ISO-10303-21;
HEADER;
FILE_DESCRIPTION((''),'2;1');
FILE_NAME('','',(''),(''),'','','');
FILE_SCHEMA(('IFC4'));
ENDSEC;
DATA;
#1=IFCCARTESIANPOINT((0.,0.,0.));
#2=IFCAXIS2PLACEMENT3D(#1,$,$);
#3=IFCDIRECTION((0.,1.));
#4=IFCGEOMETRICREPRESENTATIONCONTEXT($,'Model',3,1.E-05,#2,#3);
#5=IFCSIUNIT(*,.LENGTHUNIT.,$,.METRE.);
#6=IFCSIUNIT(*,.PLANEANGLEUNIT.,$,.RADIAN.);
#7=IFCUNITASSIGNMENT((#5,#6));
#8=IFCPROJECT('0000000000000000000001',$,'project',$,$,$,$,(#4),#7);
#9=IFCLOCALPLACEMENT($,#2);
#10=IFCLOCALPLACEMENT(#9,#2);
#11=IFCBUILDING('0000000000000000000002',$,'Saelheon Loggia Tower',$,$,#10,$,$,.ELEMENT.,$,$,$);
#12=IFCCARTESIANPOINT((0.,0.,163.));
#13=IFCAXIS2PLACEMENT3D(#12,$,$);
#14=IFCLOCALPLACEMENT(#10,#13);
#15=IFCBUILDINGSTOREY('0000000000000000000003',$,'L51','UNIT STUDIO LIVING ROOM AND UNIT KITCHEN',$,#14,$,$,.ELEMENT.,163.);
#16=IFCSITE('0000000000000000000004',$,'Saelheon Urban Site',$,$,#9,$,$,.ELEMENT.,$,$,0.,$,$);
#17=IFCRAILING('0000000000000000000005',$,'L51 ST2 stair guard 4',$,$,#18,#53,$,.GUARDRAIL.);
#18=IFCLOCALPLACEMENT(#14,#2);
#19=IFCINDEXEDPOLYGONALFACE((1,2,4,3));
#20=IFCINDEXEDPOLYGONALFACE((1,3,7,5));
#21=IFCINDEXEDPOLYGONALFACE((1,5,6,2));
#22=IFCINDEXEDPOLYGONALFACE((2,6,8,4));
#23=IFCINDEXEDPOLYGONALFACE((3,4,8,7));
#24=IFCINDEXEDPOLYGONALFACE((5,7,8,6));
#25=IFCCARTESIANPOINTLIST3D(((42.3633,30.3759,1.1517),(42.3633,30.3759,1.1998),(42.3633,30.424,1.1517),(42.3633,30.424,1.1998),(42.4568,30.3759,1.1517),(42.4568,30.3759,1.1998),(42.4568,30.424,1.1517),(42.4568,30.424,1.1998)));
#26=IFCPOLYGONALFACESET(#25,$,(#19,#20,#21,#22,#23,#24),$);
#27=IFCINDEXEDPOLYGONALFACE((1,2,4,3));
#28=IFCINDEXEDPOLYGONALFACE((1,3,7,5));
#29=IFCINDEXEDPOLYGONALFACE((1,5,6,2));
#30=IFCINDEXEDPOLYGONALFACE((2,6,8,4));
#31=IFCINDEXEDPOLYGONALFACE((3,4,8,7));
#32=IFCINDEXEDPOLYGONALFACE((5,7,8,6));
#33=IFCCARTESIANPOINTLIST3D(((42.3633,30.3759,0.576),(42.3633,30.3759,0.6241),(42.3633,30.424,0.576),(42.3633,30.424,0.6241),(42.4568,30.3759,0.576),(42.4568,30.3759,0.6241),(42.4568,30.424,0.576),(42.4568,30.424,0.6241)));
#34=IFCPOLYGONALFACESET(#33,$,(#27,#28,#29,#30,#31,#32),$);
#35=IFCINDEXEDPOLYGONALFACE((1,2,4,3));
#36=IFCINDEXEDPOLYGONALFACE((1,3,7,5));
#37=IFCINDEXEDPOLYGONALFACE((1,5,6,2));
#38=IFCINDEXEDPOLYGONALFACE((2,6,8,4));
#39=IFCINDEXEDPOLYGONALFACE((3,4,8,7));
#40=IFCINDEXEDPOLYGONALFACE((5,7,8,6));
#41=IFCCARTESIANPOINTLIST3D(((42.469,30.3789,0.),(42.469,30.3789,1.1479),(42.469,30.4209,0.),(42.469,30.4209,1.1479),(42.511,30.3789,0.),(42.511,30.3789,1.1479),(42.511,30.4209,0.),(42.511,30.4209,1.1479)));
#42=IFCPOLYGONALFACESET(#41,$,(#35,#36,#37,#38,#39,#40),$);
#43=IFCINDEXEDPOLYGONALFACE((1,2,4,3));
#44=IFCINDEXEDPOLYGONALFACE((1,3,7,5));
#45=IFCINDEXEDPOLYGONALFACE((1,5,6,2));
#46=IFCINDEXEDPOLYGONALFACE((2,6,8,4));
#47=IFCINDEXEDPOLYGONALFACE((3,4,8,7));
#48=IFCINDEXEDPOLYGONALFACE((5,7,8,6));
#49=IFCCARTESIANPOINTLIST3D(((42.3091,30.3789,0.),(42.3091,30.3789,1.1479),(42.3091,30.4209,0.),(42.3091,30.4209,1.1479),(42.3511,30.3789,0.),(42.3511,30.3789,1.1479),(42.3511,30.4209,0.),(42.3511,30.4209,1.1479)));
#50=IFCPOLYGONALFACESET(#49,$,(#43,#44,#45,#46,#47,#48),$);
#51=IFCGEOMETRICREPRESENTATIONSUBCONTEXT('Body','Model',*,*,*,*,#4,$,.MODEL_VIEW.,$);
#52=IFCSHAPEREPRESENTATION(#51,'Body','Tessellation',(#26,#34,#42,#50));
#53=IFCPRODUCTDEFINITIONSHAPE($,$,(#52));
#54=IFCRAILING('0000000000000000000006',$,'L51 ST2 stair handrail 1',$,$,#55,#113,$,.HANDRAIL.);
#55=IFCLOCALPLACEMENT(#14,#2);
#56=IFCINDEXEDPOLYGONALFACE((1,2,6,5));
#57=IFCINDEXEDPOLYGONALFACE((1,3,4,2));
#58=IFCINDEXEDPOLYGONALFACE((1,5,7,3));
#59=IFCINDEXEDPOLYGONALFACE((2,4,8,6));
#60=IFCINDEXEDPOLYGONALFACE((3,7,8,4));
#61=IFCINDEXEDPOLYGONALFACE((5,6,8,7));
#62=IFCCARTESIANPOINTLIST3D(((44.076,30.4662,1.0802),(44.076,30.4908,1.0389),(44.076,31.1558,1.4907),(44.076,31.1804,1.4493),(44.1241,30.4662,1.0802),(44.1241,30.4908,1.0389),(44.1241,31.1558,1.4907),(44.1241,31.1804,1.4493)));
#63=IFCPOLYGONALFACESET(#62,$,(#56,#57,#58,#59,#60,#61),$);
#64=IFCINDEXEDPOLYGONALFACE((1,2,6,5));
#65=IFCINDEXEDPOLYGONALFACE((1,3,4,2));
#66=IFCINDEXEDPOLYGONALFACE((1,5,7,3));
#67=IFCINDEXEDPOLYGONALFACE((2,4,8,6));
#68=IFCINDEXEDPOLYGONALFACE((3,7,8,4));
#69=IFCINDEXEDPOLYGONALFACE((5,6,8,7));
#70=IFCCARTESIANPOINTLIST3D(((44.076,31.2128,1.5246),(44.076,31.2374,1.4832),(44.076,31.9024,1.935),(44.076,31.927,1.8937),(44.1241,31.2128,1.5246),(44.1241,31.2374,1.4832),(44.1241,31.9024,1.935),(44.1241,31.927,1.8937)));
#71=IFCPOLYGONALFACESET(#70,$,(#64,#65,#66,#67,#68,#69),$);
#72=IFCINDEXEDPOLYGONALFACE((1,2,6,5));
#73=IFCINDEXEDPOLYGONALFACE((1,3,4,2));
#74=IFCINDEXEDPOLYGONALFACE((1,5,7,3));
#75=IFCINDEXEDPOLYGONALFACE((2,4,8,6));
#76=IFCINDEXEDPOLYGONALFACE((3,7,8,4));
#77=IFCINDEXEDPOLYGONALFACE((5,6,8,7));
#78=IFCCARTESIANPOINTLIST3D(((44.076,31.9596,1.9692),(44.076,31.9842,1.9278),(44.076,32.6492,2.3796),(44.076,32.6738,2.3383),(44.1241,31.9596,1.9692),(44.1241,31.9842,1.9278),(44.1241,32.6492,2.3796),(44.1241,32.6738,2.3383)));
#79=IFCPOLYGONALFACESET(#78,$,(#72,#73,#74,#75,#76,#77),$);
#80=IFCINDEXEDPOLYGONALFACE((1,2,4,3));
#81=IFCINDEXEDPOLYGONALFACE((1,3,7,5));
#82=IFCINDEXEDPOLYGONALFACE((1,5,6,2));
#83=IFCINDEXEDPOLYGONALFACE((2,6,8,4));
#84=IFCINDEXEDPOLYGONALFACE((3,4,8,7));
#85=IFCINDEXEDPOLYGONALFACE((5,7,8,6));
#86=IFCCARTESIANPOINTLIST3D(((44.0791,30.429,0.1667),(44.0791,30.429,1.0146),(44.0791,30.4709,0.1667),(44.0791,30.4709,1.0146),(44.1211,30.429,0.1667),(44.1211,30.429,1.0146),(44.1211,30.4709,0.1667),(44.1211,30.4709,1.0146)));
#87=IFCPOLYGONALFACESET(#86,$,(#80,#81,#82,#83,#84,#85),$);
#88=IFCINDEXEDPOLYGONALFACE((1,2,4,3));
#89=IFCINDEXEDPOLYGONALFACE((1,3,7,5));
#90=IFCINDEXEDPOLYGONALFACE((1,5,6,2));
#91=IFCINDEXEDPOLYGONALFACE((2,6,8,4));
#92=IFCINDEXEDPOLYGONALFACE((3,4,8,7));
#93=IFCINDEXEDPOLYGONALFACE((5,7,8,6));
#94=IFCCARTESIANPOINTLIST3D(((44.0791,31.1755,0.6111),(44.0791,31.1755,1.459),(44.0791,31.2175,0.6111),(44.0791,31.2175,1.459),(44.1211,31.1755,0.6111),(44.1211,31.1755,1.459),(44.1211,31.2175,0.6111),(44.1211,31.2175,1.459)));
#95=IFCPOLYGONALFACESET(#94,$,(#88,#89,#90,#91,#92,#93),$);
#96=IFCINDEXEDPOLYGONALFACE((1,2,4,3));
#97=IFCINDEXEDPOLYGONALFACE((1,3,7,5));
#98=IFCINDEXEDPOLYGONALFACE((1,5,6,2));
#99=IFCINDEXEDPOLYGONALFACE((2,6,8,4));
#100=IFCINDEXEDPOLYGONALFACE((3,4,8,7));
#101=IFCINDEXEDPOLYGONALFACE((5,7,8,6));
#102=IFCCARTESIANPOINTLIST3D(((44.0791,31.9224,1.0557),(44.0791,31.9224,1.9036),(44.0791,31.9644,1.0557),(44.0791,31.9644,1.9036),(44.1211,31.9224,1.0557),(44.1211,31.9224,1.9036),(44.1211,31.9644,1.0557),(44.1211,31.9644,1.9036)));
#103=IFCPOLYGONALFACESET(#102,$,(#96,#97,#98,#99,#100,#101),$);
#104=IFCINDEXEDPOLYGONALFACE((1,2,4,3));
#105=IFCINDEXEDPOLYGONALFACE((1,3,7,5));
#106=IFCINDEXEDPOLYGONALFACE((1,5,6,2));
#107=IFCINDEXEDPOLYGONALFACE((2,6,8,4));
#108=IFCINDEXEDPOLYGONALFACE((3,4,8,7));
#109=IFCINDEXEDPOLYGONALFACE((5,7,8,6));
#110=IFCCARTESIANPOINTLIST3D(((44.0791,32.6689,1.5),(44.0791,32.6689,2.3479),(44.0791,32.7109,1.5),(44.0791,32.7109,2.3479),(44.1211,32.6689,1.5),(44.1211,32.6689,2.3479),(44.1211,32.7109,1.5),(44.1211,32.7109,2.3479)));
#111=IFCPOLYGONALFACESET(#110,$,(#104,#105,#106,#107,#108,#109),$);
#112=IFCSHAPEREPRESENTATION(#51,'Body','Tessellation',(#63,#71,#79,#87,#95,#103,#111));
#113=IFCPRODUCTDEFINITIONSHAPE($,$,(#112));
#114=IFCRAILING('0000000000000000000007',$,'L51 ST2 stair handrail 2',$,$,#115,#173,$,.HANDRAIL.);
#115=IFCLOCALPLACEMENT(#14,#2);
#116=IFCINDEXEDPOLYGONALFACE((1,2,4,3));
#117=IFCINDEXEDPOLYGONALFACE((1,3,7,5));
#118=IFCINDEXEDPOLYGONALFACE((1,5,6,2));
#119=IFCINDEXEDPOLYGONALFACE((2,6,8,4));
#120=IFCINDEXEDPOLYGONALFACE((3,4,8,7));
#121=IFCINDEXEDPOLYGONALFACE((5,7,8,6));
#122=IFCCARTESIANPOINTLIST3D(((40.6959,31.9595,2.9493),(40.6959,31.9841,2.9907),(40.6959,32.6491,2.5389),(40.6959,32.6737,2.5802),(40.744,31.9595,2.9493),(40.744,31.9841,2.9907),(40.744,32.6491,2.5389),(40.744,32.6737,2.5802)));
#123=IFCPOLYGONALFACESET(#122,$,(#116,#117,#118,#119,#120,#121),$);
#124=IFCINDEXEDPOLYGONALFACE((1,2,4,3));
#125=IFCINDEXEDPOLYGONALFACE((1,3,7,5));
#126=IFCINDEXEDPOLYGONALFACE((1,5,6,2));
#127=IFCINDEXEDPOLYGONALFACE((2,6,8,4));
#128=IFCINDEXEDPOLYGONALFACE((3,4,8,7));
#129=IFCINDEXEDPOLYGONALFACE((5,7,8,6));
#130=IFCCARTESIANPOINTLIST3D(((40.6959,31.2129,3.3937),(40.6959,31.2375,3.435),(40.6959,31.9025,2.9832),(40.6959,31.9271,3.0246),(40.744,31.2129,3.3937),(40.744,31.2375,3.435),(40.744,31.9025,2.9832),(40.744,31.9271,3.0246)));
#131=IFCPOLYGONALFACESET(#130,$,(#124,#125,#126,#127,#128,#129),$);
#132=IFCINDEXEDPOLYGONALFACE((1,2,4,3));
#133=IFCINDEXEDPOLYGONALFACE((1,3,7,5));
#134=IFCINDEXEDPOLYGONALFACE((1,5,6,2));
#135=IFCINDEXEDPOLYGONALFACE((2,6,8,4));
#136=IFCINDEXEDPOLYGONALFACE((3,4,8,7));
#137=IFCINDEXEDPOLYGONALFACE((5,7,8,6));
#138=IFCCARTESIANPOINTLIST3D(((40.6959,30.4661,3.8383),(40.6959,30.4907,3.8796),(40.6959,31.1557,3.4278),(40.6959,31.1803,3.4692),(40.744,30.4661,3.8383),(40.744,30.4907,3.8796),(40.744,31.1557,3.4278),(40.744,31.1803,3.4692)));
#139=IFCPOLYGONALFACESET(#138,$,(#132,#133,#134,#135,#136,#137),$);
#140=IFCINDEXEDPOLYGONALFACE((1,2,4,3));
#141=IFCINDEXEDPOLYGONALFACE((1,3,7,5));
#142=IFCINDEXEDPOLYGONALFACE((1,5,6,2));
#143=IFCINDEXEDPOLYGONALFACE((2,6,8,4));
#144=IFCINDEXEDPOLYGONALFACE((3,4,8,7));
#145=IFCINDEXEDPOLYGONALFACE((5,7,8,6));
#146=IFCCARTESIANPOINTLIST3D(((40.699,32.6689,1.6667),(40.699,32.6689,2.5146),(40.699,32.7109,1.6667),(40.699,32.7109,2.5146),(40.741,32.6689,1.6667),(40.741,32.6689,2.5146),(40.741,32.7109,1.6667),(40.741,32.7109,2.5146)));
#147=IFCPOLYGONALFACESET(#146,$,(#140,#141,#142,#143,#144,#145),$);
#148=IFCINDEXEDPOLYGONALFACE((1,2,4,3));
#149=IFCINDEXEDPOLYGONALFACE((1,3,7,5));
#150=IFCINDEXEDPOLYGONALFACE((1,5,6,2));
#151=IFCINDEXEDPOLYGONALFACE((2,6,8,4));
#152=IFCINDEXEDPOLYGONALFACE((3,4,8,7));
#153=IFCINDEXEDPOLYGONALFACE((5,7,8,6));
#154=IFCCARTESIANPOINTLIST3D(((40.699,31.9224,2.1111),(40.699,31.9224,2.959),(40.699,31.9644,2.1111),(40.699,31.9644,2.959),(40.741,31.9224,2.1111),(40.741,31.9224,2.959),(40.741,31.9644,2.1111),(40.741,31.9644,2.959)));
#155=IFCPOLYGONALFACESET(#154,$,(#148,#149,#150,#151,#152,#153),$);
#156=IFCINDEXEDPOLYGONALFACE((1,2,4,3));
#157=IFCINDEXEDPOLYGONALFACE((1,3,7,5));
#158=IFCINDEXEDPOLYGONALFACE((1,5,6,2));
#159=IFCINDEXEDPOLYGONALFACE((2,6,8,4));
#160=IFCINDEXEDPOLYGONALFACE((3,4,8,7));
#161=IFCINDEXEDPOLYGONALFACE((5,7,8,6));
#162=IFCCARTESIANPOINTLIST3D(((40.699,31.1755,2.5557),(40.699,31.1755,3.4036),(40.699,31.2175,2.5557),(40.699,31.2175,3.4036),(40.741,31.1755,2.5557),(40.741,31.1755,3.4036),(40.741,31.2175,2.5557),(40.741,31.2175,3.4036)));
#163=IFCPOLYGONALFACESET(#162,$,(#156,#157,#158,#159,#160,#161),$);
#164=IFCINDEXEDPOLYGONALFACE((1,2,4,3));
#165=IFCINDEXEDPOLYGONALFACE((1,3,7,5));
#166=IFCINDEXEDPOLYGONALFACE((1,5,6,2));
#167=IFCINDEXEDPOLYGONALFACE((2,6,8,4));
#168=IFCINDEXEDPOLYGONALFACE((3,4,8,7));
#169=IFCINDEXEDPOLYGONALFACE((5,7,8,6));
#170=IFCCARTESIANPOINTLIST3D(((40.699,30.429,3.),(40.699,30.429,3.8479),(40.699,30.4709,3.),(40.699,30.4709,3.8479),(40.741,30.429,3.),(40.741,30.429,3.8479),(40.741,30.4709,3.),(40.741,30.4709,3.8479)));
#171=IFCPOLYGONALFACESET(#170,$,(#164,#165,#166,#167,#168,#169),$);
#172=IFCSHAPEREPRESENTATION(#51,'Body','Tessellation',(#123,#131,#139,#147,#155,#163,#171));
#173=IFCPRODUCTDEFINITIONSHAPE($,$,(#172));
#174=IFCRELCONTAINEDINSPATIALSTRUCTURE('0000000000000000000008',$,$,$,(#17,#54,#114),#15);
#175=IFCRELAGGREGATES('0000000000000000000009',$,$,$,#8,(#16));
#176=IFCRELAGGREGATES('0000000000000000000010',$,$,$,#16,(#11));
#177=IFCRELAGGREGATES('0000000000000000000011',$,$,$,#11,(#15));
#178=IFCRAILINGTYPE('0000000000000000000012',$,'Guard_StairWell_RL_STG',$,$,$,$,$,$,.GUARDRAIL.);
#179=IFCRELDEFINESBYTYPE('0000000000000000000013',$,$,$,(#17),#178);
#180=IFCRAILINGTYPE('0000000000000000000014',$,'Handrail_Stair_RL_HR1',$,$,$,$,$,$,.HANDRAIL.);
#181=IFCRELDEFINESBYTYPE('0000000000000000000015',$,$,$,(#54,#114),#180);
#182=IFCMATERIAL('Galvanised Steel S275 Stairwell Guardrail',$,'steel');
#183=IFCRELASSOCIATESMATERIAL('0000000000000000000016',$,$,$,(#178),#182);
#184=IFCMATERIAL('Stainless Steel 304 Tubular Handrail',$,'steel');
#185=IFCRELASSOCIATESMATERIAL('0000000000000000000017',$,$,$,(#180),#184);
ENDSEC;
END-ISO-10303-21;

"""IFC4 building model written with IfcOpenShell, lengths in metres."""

from ifc_helpers import new_model, si_unit, direction, frame, origin, origin_2d, place, context, subcontext, project, spatial, rectangle, extrude, material, type_object, element, save


model = new_model("IFC4")

# Units and contexts
model_context = context("Model", 3, precision=1e-05, world=origin(), true_north=direction((0.0, 1.0)))
body_context = subcontext(model_context, "Body", "Model", "MODEL_VIEW")
ifc_project = project(units=[si_unit("LENGTHUNIT", "METRE"), si_unit("PLANEANGLEUNIT", "RADIAN")], contexts=[model_context])

# Site, building, storey
site_placement = place(None, origin())
site = spatial("IfcSite", under=ifc_project, at=site_placement, Name="Saelheon Urban Site", CompositionType="ELEMENT", RefElevation=0.0)
building_placement = place(site_placement, origin())
building = spatial("IfcBuilding", under=site, at=building_placement, Name="Saelheon Loggia Tower", CompositionType="ELEMENT")
storey_placement = place(building_placement, frame((0.0, 0.0, 163.0)))
storey = spatial("IfcBuildingStorey", under=building, at=storey_placement, Name="L51", Description="UNIT STUDIO LIVING ROOM AND UNIT KITCHEN", CompositionType="ELEMENT", Elevation=163.0)

# Railings
ifc_material_1 = material(Name="Galvanised Steel S275 Stairwell Guardrail", Category="steel")
railing_type_1 = type_object("IfcRailingType", Name="Guard_StairWell_RL_STG", PredefinedType="GUARDRAIL", material=ifc_material_1)
railing_1_placement = place(storey_placement, frame((42.49, 30.3999, 0.0)))
element("IfcRailing", 1, at=railing_1_placement, inside=storey, type_object=railing_type_1, Name="L51 ST2 stair guard 4", PredefinedType="GUARDRAIL", context=body_context, shape_type="SweptSolid", body=[
    extrude(rectangle(XDim=0.0481, YDim=0.0481, at=origin_2d()), frame((-0.0332, 0.0, 1.1758), z_axis=(-1.0, 0.0, 0.0), x_axis=(0.0, -1.0, 0.0)), (0.0, 0.0, 1.0), 0.0935),
    extrude(rectangle(XDim=0.0481, YDim=0.0481, at=origin_2d()), frame((-0.0332, 0.0, 0.6001), z_axis=(-1.0, 0.0, 0.0), x_axis=(0.0, -1.0, 0.0)), (0.0, 0.0, 1.0), 0.0935),
    extrude(rectangle(XDim=0.042, YDim=0.042, at=origin_2d()), origin(), (0.0, 0.0, 1.0), 1.1479),
    extrude(rectangle(XDim=0.042, YDim=0.042, at=origin_2d()), frame((-0.1599, 0.0, 0.0)), (0.0, 0.0, 1.0), 1.1479),
])
ifc_material_2 = material(Name="Stainless Steel 304 Tubular Handrail", Category="steel")
railing_type_2 = type_object("IfcRailingType", Name="Handrail_Stair_RL_HR1", PredefinedType="HANDRAIL", material=ifc_material_2)
railing_2_placement = place(storey_placement, frame((44.1001, 30.45, 0.1667)))
element("IfcRailing", 2, at=railing_2_placement, inside=storey, type_object=railing_type_2, Name="L51 ST2 stair handrail 1", PredefinedType="HANDRAIL", context=body_context, shape_type="SweptSolid", body=[
    extrude(rectangle(XDim=0.0481, YDim=0.0481, at=origin_2d()), frame((0.0, 0.0286, 0.8928), z_axis=(0.0, 0.859306, 0.511462), x_axis=(-1.0, 0.0, 0.0)), (0.0, 0.0, 1.0), 0.8025),
    extrude(rectangle(XDim=0.0481, YDim=0.0481, at=origin_2d()), frame((0.0, 0.7751, 1.3372), z_axis=(0.0, 0.859306, 0.511462), x_axis=(-1.0, 0.0, 0.0)), (0.0, 0.0, 1.0), 0.8025),
    extrude(rectangle(XDim=0.0481, YDim=0.0481, at=origin_2d()), frame((0.0, 1.522, 1.7817), z_axis=(0.0, 0.859306, 0.511462), x_axis=(-1.0, 0.0, 0.0)), (0.0, 0.0, 1.0), 0.8025),
    extrude(rectangle(XDim=0.042, YDim=0.042, at=origin_2d()), origin(), (0.0, 0.0, 1.0), 0.8479),
    extrude(rectangle(XDim=0.042, YDim=0.042, at=origin_2d()), frame((0.0, 0.7466, 0.4443)), (0.0, 0.0, 1.0), 0.8479),
    extrude(rectangle(XDim=0.042, YDim=0.042, at=origin_2d()), frame((0.0, 1.4934, 0.8889)), (0.0, 0.0, 1.0), 0.8479),
    extrude(rectangle(XDim=0.042, YDim=0.042, at=origin_2d()), frame((0.0, 2.24, 1.3333)), (0.0, 0.0, 1.0), 0.8479),
])
railing_3_placement = place(storey_placement, frame((40.72, 32.6899, 1.6667)))
element("IfcRailing", 3, at=railing_3_placement, inside=storey, type_object=railing_type_2, Name="L51 ST2 stair handrail 2", PredefinedType="HANDRAIL", context=body_context, shape_type="SweptSolid", body=[
    extrude(rectangle(XDim=0.0481, YDim=0.0481, at=origin_2d()), frame((0.0, -0.0286, 0.8928), z_axis=(0.0, -0.859306, 0.511462), x_axis=(1.0, 0.0, 0.0)), (0.0, 0.0, 1.0), 0.8025),
    extrude(rectangle(XDim=0.0481, YDim=0.0481, at=origin_2d()), frame((0.0, -0.7751, 1.3372), z_axis=(0.0, -0.859306, 0.511462), x_axis=(1.0, 0.0, 0.0)), (0.0, 0.0, 1.0), 0.8025),
    extrude(rectangle(XDim=0.0481, YDim=0.0481, at=origin_2d()), frame((0.0, -1.522, 1.7817), z_axis=(0.0, -0.859306, 0.511462), x_axis=(1.0, 0.0, 0.0)), (0.0, 0.0, 1.0), 0.8025),
    extrude(rectangle(XDim=0.042, YDim=0.042, at=origin_2d()), origin(), (0.0, 0.0, 1.0), 0.8479),
    extrude(rectangle(XDim=0.042, YDim=0.042, at=origin_2d()), frame((0.0, -0.7466, 0.4443)), (0.0, 0.0, 1.0), 0.8479),
    extrude(rectangle(XDim=0.042, YDim=0.042, at=origin_2d()), frame((0.0, -1.4934, 0.8889)), (0.0, 0.0, 1.0), 0.8479),
    extrude(rectangle(XDim=0.042, YDim=0.042, at=origin_2d()), frame((0.0, -2.24, 1.3333)), (0.0, 0.0, 1.0), 0.8479),
])

save(model, "model.ifc")
